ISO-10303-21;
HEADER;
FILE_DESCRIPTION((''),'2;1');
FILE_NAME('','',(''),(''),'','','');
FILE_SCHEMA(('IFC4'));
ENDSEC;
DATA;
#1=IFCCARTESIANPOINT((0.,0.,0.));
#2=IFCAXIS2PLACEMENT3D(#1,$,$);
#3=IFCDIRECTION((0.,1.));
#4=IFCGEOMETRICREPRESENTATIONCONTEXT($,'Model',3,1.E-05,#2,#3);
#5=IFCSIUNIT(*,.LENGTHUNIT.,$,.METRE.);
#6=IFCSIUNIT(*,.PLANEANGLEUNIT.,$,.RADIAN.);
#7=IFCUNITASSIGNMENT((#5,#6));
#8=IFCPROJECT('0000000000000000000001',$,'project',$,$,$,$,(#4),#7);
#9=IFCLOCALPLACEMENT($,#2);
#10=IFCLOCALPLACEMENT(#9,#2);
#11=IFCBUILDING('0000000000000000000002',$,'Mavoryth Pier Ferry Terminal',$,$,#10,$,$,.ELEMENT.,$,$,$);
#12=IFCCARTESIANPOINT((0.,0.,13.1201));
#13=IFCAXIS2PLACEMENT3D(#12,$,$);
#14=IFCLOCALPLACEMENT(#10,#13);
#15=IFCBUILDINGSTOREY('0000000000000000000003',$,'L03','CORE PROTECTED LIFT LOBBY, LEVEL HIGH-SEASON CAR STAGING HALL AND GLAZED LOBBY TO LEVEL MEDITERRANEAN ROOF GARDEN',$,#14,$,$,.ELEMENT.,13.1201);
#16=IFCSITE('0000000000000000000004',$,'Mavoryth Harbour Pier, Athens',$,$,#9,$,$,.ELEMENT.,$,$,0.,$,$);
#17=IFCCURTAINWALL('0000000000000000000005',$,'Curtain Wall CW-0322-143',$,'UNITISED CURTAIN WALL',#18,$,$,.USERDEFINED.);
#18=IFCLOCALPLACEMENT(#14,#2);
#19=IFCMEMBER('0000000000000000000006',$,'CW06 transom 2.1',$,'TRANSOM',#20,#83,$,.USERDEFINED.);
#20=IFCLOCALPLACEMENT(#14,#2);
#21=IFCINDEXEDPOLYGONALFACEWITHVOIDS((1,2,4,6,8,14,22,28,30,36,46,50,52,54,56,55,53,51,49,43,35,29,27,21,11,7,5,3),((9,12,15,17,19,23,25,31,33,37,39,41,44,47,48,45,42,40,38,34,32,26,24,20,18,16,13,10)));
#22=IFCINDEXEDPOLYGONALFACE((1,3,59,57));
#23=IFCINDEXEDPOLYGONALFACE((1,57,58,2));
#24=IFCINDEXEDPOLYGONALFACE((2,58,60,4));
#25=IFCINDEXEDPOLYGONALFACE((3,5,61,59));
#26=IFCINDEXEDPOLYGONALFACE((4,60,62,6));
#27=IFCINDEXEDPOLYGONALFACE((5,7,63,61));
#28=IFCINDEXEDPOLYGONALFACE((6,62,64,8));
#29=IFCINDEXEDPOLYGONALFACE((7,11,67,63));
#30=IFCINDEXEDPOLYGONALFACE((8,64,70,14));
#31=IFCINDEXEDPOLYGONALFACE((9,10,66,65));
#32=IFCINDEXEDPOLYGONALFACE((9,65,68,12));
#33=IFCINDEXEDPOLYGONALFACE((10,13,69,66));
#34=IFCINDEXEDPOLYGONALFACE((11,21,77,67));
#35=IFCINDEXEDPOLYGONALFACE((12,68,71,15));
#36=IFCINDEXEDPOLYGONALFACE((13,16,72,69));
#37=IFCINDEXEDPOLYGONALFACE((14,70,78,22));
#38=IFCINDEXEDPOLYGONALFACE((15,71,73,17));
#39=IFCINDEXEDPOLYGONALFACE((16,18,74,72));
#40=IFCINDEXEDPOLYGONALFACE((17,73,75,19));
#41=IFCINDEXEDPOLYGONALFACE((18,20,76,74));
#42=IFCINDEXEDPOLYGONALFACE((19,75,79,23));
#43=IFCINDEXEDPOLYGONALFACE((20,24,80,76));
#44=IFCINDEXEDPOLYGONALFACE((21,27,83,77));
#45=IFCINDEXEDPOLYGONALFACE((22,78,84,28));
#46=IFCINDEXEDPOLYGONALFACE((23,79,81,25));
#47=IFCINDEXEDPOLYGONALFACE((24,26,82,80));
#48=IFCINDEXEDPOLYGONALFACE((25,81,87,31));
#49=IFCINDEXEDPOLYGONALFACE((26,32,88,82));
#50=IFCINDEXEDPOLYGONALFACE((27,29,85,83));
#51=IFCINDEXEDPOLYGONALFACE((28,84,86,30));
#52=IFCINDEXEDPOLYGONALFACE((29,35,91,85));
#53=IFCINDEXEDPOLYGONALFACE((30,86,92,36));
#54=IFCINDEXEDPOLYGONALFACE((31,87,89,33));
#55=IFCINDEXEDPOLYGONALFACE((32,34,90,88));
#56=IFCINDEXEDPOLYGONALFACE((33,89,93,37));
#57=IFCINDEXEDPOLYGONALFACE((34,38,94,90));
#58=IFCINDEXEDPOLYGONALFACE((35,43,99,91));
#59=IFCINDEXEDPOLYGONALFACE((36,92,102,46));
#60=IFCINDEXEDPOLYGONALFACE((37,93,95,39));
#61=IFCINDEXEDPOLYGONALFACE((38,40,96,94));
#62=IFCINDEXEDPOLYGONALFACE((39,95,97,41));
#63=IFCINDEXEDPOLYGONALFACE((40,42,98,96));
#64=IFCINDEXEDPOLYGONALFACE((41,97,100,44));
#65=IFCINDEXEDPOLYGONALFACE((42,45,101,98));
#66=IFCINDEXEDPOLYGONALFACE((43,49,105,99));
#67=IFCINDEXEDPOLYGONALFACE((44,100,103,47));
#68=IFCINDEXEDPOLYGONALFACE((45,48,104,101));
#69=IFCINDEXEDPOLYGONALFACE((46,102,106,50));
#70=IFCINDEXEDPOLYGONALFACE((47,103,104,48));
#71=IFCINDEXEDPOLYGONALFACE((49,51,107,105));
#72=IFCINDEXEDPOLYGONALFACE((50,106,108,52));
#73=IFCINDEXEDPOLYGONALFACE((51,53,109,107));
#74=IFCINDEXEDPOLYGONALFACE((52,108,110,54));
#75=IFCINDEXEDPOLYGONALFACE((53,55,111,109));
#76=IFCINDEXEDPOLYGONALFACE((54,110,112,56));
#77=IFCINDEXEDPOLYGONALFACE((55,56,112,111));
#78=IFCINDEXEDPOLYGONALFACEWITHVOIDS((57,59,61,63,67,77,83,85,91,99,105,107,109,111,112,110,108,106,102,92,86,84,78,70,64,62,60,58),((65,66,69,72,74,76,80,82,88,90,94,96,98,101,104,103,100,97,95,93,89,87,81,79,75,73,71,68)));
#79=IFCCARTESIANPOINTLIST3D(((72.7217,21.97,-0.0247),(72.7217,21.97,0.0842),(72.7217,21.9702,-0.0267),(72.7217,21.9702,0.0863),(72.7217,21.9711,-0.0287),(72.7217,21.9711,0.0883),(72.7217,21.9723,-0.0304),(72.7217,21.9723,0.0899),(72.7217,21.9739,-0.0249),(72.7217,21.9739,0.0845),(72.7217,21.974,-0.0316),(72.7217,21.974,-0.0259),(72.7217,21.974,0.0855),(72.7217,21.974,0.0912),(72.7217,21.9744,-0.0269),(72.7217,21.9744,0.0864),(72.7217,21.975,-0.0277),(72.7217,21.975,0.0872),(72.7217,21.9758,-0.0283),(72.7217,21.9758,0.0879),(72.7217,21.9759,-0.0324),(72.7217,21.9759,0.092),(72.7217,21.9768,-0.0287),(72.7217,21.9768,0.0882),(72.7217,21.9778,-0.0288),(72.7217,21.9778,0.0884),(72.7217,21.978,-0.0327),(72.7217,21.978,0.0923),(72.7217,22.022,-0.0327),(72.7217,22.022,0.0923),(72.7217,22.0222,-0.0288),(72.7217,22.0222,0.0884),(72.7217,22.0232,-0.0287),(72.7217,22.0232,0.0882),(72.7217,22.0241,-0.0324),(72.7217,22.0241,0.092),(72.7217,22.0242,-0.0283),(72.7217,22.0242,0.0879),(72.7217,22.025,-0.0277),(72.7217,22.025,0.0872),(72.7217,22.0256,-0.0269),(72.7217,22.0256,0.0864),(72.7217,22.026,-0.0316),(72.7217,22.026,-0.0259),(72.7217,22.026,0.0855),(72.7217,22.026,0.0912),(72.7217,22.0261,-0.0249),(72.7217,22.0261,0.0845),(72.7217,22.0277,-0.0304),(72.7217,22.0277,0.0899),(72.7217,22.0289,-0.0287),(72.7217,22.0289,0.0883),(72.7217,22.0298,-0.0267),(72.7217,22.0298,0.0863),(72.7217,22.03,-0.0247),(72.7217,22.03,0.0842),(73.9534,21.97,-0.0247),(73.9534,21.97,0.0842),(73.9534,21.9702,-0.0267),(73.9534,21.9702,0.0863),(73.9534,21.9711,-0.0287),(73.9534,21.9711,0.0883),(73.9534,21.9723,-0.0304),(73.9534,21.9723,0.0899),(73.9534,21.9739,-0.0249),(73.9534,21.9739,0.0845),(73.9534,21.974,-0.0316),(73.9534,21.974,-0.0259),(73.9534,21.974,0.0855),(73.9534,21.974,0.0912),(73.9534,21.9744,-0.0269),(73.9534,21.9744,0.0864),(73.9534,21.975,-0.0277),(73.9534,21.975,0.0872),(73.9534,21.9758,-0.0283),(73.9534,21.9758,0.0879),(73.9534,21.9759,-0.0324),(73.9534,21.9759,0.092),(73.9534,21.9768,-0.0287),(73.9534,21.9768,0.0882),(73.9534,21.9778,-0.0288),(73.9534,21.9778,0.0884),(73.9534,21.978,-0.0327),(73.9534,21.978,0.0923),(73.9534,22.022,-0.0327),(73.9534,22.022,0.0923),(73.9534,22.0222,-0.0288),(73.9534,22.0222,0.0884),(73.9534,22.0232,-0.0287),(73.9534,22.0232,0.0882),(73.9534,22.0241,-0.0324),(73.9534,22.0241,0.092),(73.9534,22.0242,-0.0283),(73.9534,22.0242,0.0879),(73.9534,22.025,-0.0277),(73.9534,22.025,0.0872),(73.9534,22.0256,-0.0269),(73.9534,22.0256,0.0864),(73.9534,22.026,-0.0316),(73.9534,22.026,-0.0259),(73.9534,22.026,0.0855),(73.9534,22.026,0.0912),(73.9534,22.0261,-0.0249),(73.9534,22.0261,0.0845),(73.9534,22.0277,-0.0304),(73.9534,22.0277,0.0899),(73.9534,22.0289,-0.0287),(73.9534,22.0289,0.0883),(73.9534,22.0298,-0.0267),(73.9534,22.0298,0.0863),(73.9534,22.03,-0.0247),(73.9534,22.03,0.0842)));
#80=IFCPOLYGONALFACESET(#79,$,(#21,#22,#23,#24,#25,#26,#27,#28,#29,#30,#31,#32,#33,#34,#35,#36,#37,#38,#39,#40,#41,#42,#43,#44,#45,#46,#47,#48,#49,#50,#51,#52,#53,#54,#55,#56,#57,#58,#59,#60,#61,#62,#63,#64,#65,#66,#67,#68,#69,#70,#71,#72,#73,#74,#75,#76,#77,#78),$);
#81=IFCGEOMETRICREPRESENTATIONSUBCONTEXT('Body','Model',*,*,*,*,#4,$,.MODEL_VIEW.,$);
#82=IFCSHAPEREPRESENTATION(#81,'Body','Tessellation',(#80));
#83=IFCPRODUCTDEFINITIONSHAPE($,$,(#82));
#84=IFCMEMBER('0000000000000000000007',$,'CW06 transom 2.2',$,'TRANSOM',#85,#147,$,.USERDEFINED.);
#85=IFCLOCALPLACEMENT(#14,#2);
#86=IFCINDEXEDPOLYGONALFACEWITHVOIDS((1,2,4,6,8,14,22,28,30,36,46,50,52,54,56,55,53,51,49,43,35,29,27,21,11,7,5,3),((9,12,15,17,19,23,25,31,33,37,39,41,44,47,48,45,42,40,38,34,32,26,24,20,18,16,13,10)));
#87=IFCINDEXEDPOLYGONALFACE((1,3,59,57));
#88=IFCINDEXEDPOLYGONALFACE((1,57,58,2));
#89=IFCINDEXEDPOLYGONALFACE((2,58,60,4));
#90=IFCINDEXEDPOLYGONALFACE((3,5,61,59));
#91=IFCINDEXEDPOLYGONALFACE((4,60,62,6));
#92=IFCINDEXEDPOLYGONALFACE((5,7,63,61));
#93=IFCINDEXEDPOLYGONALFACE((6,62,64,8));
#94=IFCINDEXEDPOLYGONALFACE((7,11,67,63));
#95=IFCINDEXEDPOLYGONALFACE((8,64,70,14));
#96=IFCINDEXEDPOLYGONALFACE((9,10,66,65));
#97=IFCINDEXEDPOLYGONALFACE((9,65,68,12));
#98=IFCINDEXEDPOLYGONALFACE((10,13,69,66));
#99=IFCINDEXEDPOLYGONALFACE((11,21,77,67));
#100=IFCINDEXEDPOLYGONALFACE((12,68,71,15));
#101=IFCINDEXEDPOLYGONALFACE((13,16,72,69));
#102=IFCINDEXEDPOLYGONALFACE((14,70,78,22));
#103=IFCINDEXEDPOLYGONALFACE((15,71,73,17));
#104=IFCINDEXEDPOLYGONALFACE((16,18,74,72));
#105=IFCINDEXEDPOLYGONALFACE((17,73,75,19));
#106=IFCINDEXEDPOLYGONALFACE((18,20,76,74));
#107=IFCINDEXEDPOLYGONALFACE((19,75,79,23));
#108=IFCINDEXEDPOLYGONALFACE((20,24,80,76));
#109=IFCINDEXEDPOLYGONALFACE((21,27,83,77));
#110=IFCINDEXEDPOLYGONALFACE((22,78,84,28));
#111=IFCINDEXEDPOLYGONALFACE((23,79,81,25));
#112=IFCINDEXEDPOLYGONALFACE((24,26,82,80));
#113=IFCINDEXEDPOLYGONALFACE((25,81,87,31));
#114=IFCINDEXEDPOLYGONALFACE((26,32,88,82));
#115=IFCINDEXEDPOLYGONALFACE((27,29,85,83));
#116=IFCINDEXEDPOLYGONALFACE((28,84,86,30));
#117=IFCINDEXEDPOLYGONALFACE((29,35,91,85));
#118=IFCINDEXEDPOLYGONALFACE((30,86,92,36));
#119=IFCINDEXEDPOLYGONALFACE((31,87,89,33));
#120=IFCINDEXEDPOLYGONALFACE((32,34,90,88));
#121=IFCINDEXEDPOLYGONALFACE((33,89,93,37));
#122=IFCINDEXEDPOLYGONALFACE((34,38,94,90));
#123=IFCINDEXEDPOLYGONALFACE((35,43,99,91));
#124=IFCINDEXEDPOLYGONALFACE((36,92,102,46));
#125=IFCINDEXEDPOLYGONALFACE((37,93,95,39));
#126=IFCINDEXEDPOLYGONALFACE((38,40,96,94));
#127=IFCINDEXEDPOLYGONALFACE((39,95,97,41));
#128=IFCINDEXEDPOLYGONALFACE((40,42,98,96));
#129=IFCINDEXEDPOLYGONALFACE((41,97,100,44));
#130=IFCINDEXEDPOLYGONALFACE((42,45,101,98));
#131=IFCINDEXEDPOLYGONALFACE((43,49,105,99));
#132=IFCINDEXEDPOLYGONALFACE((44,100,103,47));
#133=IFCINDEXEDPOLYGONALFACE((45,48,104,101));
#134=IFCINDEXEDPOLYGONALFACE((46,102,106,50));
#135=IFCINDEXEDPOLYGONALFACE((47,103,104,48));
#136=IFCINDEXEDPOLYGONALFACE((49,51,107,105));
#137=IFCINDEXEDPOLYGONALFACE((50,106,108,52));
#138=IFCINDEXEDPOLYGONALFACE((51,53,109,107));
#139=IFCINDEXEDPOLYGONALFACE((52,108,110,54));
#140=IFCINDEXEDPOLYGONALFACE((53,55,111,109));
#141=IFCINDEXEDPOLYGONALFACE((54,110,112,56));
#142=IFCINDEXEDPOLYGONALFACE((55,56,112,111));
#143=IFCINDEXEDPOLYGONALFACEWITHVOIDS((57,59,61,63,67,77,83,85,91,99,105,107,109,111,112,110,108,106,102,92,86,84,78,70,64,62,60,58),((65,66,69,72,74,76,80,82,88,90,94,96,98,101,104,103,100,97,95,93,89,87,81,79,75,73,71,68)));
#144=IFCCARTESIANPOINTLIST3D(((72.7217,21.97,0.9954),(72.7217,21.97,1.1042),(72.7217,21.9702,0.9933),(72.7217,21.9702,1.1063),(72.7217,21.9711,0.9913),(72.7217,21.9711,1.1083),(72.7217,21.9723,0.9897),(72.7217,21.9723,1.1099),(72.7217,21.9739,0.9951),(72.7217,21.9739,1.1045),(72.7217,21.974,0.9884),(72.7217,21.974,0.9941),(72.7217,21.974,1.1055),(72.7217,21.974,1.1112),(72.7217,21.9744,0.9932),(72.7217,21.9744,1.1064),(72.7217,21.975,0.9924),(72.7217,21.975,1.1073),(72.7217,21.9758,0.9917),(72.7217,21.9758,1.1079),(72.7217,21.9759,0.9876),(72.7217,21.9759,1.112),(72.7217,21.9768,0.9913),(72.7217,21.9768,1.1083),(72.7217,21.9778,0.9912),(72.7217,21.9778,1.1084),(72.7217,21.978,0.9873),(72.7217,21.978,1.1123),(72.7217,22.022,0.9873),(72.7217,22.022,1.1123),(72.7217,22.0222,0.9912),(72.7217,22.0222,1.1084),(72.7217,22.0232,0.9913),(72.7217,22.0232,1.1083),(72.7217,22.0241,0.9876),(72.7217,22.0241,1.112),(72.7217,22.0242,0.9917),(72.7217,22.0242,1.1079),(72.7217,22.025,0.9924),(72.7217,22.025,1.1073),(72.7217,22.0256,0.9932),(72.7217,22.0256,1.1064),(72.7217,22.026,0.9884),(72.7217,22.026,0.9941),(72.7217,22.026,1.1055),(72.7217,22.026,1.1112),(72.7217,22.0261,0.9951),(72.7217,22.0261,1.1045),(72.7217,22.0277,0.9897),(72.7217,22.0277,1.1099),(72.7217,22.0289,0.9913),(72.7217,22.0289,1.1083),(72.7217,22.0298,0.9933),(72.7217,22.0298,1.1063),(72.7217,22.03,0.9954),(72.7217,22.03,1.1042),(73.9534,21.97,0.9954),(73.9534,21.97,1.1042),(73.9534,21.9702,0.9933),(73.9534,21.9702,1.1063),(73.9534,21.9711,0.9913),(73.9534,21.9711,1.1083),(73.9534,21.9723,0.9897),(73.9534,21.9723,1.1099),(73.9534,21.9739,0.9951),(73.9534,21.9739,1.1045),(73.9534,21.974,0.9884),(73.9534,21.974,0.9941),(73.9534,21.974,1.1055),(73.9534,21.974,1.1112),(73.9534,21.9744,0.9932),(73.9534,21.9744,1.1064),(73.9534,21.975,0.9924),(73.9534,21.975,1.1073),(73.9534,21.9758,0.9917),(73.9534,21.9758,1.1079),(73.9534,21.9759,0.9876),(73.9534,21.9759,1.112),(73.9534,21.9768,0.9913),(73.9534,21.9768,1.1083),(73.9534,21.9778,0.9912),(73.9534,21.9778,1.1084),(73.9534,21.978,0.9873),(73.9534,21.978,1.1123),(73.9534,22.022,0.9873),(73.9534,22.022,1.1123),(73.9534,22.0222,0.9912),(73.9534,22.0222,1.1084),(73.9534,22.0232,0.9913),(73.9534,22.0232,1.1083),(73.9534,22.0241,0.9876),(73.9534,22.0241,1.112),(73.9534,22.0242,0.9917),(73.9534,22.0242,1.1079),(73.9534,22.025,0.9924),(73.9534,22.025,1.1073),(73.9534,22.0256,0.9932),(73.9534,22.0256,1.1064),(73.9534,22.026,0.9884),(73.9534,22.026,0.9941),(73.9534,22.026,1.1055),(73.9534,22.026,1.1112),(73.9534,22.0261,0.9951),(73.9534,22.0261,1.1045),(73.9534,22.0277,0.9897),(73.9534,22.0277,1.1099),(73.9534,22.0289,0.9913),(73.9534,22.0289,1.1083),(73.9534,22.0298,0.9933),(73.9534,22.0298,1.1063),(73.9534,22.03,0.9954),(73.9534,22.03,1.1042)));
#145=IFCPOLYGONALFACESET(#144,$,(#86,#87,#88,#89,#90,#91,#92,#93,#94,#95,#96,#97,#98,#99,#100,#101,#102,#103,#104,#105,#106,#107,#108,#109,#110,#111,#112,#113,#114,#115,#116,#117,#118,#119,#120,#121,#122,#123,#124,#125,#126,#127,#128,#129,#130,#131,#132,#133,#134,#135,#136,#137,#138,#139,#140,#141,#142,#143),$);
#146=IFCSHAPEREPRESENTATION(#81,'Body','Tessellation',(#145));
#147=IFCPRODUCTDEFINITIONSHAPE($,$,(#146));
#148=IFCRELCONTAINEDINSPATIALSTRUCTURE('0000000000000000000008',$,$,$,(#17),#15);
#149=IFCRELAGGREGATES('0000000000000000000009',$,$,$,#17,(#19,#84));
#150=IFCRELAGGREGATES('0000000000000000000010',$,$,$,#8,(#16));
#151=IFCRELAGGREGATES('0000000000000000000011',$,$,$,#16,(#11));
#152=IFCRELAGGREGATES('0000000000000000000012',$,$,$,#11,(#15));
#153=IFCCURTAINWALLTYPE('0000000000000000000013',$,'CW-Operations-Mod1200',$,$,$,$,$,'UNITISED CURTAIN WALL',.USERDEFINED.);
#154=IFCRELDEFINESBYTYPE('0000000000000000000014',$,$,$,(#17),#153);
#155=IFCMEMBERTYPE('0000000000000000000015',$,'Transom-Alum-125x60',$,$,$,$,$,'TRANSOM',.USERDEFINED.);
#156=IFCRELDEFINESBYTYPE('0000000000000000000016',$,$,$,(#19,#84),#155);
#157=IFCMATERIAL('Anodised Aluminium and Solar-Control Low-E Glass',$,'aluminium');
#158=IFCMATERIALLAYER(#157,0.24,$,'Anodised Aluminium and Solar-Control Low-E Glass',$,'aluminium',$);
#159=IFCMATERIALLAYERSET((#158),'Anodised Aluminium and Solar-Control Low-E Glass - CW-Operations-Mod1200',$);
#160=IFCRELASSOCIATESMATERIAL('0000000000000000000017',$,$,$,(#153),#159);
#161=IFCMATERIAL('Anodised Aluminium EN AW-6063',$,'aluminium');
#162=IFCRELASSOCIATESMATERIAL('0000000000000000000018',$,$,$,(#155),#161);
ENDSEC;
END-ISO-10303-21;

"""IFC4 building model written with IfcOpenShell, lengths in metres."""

from ifc_helpers import new_model, si_unit, direction, frame, origin, origin_2d, place, context, subcontext, project, spatial, hollow_rectangle, extrude, material, layer, layer_set, material_profile, profile_set, type_object, element, aggregate, save


model = new_model("IFC4")

# Units and contexts
model_context = context("Model", 3, precision=1e-05, world=origin(), true_north=direction((0.0, 1.0)))
body_context = subcontext(model_context, "Body", "Model", "MODEL_VIEW")
ifc_project = project(units=[si_unit("LENGTHUNIT", "METRE"), si_unit("PLANEANGLEUNIT", "RADIAN")], contexts=[model_context])

# Site, building, storey
site_placement = place(None, origin())
site = spatial("IfcSite", under=ifc_project, at=site_placement, Name="Mavoryth Harbour Pier, Athens", CompositionType="ELEMENT", RefElevation=0.0)
building_placement = place(site_placement, origin())
building = spatial("IfcBuilding", under=site, at=building_placement, Name="Mavoryth Pier Ferry Terminal", CompositionType="ELEMENT")
storey_placement = place(building_placement, frame((0.0, 0.0, 13.1201)))
storey = spatial("IfcBuildingStorey", under=building, at=storey_placement, Name="L03", Description="CORE PROTECTED LIFT LOBBY, LEVEL HIGH-SEASON CAR STAGING HALL AND GLAZED LOBBY TO LEVEL MEDITERRANEAN ROOF GARDEN", CompositionType="ELEMENT", Elevation=13.1201)

# Curtain wall, members
ifc_material_1 = material(Name="Anodised Aluminium and Solar-Control Low-E Glass", Category="aluminium")
ifc_layer_1 = layer(ifc_material_1, 0.24, Name="Anodised Aluminium and Solar-Control Low-E Glass", Category="aluminium")
ifc_layer_set_1 = layer_set([ifc_layer_1], Name="Anodised Aluminium and Solar-Control Low-E Glass - CW-Operations-Mod1200")
curtain_wall_type = type_object("IfcCurtainWallType", Name="CW-Operations-Mod1200", ElementType="UNITISED CURTAIN WALL", PredefinedType="USERDEFINED", material=ifc_layer_set_1)
curtain_wall_placement = place(storey_placement, origin())
curtain_wall = element("IfcCurtainWall", 1, at=curtain_wall_placement, inside=storey, type_object=curtain_wall_type, Name="Curtain Wall CW-0322-143", ObjectType="UNITISED CURTAIN WALL", PredefinedType="USERDEFINED")
ifc_material_2 = material(Name="Anodised Aluminium EN AW-6063", Category="aluminium")
ifc_material_profile_1 = material_profile(ifc_material_2, hollow_rectangle(XDim=0.0601, YDim=0.125, WallThickness=0.0039, InnerFilletRadius=0.0039, OuterFilletRadius=0.0081, at=origin_2d()), Name="AL-TRAN 125x60x4", Category="aluminium")
ifc_profile_set_1 = profile_set([ifc_material_profile_1], Name="Anodised Aluminium EN AW-6063 - AL-TRAN 125x60x4")
member_type_1 = type_object("IfcMemberType", Name="Transom-Alum-125x60", ElementType="TRANSOM", PredefinedType="USERDEFINED", material=ifc_profile_set_1)
member_1_placement = place(storey_placement, frame((73.9534, 22.0, 0.0298), z_axis=(-1.0, 0.0, 0.0), x_axis=(0.0, -1.0, 0.0)))
member_1 = element("IfcMember", 2, at=member_1_placement, type_object=member_type_1, Name="CW06 transom 2.1", ObjectType="TRANSOM", PredefinedType="USERDEFINED", context=body_context, shape_type="SweptSolid", body=[
    extrude(hollow_rectangle(XDim=0.0601, YDim=0.125, WallThickness=0.0039, InnerFilletRadius=0.0039, OuterFilletRadius=0.0081, at=origin_2d()), origin(), (0.0, 0.0, 1.0), 1.2317),
])
member_2_placement = place(storey_placement, frame((73.9534, 22.0, 1.0498), z_axis=(-1.0, 0.0, 0.0), x_axis=(0.0, -1.0, 0.0)))
member_2 = element("IfcMember", 3, at=member_2_placement, type_object=member_type_1, Name="CW06 transom 2.2", ObjectType="TRANSOM", PredefinedType="USERDEFINED", context=body_context, shape_type="SweptSolid", body=[
    extrude(hollow_rectangle(XDim=0.0601, YDim=0.125, WallThickness=0.0039, InnerFilletRadius=0.0039, OuterFilletRadius=0.0081, at=origin_2d()), origin(), (0.0, 0.0, 1.0), 1.2317),
])
aggregate(curtain_wall, [member_1, member_2])

save(model, "model.ifc")
